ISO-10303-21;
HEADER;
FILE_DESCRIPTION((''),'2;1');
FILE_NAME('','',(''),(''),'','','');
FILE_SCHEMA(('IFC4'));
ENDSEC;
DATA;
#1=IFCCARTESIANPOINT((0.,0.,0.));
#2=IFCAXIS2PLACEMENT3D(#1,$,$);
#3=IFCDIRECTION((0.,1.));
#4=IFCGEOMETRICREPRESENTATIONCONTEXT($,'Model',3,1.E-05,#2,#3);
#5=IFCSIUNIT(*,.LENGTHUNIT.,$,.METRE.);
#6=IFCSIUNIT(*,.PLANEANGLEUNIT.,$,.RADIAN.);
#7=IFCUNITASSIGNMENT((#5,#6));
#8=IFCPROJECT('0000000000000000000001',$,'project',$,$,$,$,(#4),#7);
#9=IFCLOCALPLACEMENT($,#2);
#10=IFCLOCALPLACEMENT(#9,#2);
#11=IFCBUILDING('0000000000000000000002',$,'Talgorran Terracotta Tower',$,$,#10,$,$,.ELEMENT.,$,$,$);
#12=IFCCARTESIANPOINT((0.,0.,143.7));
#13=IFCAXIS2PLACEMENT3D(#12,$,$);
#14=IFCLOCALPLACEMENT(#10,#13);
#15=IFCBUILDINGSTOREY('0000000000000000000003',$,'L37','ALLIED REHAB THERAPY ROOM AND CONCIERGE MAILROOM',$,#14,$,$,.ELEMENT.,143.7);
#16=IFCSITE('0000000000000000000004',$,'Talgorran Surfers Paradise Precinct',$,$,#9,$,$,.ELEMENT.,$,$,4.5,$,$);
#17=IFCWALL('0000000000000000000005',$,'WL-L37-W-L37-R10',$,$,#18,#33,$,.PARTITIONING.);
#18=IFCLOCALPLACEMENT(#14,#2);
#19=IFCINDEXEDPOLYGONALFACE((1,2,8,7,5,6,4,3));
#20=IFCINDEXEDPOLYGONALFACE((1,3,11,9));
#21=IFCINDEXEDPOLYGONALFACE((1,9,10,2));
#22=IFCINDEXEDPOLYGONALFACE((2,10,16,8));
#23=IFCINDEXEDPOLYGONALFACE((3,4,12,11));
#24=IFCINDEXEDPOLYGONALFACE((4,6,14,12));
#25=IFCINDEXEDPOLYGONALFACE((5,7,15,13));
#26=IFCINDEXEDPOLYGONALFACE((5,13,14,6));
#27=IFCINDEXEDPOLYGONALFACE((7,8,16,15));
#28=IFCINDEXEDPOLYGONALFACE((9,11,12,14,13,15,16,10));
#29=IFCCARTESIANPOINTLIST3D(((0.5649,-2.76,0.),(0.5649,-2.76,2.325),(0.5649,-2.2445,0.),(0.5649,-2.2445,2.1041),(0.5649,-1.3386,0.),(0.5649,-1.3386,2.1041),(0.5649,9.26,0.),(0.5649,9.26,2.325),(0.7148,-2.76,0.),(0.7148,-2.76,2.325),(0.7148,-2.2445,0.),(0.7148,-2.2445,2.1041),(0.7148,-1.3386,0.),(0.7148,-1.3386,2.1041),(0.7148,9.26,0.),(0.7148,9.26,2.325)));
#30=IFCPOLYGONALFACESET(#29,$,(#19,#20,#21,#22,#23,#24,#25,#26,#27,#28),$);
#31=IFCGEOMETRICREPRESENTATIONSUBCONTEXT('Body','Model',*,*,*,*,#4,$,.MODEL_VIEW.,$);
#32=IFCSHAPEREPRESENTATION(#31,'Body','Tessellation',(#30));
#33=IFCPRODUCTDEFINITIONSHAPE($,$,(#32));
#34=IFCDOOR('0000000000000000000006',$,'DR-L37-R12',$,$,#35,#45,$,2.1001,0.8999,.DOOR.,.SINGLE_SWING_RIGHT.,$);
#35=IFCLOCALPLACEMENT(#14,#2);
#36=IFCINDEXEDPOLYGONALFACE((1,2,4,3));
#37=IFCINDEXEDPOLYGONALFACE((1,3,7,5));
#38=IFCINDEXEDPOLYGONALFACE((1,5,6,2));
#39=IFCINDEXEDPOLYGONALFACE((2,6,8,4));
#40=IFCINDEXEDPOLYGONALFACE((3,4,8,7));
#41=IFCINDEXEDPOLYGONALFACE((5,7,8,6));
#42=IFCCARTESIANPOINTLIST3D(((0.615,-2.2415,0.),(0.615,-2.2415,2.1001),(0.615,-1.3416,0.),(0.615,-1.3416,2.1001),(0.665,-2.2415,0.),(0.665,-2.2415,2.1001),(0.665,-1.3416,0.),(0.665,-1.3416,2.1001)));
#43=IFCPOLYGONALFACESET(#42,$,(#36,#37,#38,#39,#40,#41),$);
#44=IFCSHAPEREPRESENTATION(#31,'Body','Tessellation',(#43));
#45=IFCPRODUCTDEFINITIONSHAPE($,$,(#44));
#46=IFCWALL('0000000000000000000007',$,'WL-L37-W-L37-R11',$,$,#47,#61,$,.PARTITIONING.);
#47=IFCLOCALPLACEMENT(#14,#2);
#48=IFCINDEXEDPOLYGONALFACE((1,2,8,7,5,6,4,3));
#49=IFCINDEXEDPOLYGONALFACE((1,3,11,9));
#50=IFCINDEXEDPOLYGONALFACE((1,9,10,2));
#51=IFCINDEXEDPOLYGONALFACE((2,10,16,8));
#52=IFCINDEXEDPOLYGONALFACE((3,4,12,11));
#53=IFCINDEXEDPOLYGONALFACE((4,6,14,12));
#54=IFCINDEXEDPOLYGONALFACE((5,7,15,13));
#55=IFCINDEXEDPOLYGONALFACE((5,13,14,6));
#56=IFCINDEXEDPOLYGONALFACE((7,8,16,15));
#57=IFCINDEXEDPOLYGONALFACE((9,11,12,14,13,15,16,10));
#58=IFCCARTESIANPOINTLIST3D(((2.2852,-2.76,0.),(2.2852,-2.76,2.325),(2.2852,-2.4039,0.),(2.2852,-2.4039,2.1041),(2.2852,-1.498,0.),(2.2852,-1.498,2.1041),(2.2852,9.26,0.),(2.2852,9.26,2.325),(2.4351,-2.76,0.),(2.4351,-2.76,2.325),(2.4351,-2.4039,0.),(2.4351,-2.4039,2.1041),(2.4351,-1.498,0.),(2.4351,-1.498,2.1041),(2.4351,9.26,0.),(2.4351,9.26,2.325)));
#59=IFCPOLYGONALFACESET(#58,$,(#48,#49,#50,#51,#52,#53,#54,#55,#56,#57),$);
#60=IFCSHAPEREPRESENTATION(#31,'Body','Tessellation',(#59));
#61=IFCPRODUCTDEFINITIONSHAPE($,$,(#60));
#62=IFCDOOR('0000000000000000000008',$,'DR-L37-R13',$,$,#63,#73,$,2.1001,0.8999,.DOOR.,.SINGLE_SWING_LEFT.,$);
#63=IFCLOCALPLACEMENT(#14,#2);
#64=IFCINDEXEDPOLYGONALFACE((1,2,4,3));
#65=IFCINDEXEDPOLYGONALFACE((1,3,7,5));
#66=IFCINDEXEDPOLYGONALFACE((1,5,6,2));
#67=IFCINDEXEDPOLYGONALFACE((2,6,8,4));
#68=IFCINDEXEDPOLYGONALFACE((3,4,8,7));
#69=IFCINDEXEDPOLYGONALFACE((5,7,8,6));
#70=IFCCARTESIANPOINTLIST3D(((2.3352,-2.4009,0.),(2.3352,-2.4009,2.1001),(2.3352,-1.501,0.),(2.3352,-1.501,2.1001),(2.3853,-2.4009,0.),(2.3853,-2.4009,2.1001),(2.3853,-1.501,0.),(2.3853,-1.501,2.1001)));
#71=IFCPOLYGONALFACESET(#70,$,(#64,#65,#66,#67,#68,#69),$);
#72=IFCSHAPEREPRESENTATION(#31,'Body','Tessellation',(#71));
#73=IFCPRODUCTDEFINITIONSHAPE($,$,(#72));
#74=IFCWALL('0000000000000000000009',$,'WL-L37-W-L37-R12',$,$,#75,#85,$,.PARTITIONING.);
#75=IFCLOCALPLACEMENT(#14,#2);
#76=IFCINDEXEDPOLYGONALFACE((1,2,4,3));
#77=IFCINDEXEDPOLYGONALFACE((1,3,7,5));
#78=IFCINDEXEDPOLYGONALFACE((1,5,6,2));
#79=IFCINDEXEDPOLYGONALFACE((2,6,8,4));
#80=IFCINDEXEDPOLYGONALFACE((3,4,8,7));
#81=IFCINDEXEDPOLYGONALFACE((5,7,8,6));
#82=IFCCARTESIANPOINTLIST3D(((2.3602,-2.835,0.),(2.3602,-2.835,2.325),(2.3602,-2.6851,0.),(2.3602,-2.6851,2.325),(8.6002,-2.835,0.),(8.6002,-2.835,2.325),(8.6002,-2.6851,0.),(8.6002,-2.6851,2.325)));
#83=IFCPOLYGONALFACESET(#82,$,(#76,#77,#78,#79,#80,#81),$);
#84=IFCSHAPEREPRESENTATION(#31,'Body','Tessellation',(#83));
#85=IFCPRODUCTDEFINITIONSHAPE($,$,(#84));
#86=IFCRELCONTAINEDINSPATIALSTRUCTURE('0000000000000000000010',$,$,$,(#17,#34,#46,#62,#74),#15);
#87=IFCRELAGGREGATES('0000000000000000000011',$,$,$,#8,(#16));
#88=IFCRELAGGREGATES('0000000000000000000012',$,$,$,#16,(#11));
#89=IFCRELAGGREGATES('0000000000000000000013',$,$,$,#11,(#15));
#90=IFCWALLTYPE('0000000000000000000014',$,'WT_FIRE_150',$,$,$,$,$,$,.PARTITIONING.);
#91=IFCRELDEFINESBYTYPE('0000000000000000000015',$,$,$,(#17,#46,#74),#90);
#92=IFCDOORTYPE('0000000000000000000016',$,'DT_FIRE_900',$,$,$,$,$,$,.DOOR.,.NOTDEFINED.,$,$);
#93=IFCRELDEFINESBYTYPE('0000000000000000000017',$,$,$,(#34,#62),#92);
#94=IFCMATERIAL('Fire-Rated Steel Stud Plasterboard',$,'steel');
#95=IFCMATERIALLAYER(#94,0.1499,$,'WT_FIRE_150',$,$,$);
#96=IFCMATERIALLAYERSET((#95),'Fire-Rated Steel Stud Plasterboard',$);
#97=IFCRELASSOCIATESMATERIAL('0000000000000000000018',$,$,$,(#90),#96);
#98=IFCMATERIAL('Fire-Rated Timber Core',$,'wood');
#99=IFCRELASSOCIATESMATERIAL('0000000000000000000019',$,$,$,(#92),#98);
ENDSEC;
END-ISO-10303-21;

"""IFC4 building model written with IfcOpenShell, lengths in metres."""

from ifc_helpers import new_model, si_unit, direction, frame, frame_2d, origin, place, context, subcontext, project, spatial, rectangle, extrude, material, layer, layer_set, type_object, element, fill, save


model = new_model("IFC4")

# Units and contexts
model_context = context("Model", 3, precision=1e-05, world=origin(), true_north=direction((0.0, 1.0)))
body_context = subcontext(model_context, "Body", "Model", "MODEL_VIEW")
ifc_project = project(units=[si_unit("LENGTHUNIT", "METRE"), si_unit("PLANEANGLEUNIT", "RADIAN")], contexts=[model_context])

# Site, building, storey
site_placement = place(None, origin())
site = spatial("IfcSite", under=ifc_project, at=site_placement, Name="Talgorran Surfers Paradise Precinct", CompositionType="ELEMENT", RefElevation=4.5)
building_placement = place(site_placement, origin())
building = spatial("IfcBuilding", under=site, at=building_placement, Name="Talgorran Terracotta Tower", CompositionType="ELEMENT")
storey_placement = place(building_placement, frame((0.0, 0.0, 143.7)))
storey = spatial("IfcBuildingStorey", under=building, at=storey_placement, Name="L37", Description="ALLIED REHAB THERAPY ROOM AND CONCIERGE MAILROOM", CompositionType="ELEMENT", Elevation=143.7)

# Walls, openings, doors
ifc_material_1 = material(Name="Fire-Rated Steel Stud Plasterboard", Category="steel")
ifc_layer_1 = layer(ifc_material_1, 0.1499, Name="WT_FIRE_150")
ifc_layer_set_1 = layer_set([ifc_layer_1], Name="Fire-Rated Steel Stud Plasterboard")
wall_type = type_object("IfcWallType", Name="WT_FIRE_150", PredefinedType="PARTITIONING", material=ifc_layer_set_1)
wall_1_placement = place(storey_placement, frame((0.6399, -2.76, 0.0), z_axis=(0.0, 0.0, 1.0), x_axis=(0.0, 1.0, 0.0)))
wall_1 = element("IfcWall", 1, at=wall_1_placement, inside=storey, type_object=wall_type, Name="WL-L37-W-L37-R10", PredefinedType="PARTITIONING", context=body_context, shape_type="SweptSolid", body=[
    extrude(rectangle(XDim=12.02, YDim=0.1499, at=frame_2d((6.01, 0.0))), origin(), (0.0, 0.0, 1.0), 2.325),
])
opening_1_placement = place(wall_1_placement, frame((0.5186, 0.0, 0.0)))
opening_1 = element("IfcOpeningElement", 2, at=opening_1_placement, cuts=wall_1, PredefinedType="OPENING", context=body_context, shape_type="SweptSolid", body=[
    extrude(rectangle(XDim=0.9059, YDim=2.1041, at=frame_2d((0.45, 1.052))), frame((0.0, 0.085, 0.0), z_axis=(0.0, -1.0, 0.0), x_axis=(1.0, 0.0, 0.0)), (0.0, 0.0, 1.0), 0.1699),
])
ifc_material_2 = material(Name="Fire-Rated Timber Core", Category="wood")
door_type = type_object("IfcDoorType", Name="DT_FIRE_900", OperationType="NOTDEFINED", PredefinedType="DOOR", material=ifc_material_2)
door_1_placement = place(opening_1_placement, origin())
door_1 = element("IfcDoor", 3, at=door_1_placement, inside=storey, type_object=door_type, Name="DR-L37-R12", OperationType="SINGLE_SWING_RIGHT", OverallHeight=2.1001, OverallWidth=0.8999, PredefinedType="DOOR", context=body_context, shape_type="SweptSolid", body=[
    extrude(rectangle(XDim=0.8999, YDim=2.1001, at=frame_2d((0.45, 1.05))), frame((0.0, 0.0249, 0.0), z_axis=(0.0, -1.0, 0.0), x_axis=(1.0, 0.0, 0.0)), (0.0, 0.0, 1.0), 0.05),
])
fill(opening_1, door_1)
wall_2_placement = place(storey_placement, frame((2.3601, -2.76, 0.0), z_axis=(0.0, 0.0, 1.0), x_axis=(0.0, 1.0, 0.0)))
wall_2 = element("IfcWall", 4, at=wall_2_placement, inside=storey, type_object=wall_type, Name="WL-L37-W-L37-R11", PredefinedType="PARTITIONING", context=body_context, shape_type="SweptSolid", body=[
    extrude(rectangle(XDim=12.02, YDim=0.1499, at=frame_2d((6.01, 0.0))), origin(), (0.0, 0.0, 1.0), 2.325),
])
opening_2_placement = place(wall_2_placement, frame((0.3591, 0.0, 0.0)))
opening_2 = element("IfcOpeningElement", 5, at=opening_2_placement, cuts=wall_2, PredefinedType="OPENING", context=body_context, shape_type="SweptSolid", body=[
    extrude(rectangle(XDim=0.9059, YDim=2.1041, at=frame_2d((0.45, 1.052))), frame((0.0, 0.085, 0.0), z_axis=(0.0, -1.0, 0.0), x_axis=(1.0, 0.0, 0.0)), (0.0, 0.0, 1.0), 0.1699),
])
door_2_placement = place(opening_2_placement, origin())
door_2 = element("IfcDoor", 6, at=door_2_placement, inside=storey, type_object=door_type, Name="DR-L37-R13", OperationType="SINGLE_SWING_LEFT", OverallHeight=2.1001, OverallWidth=0.8999, PredefinedType="DOOR", context=body_context, shape_type="SweptSolid", body=[
    extrude(rectangle(XDim=0.8999, YDim=2.1001, at=frame_2d((0.45, 1.05))), frame((0.0, 0.0249, 0.0), z_axis=(0.0, -1.0, 0.0), x_axis=(1.0, 0.0, 0.0)), (0.0, 0.0, 1.0), 0.05),
])
fill(opening_2, door_2)

# Wall
wall_3_placement = place(storey_placement, frame((2.3601, -2.76, 0.0), z_axis=(0.0, 0.0, 1.0), x_axis=(1.0, 0.0, 0.0)))
element("IfcWall", 7, at=wall_3_placement, inside=storey, type_object=wall_type, Name="WL-L37-W-L37-R12", PredefinedType="PARTITIONING", context=body_context, shape_type="SweptSolid", body=[
    extrude(rectangle(XDim=6.24, YDim=0.1499, at=frame_2d((3.1201, 0.0))), origin(), (0.0, 0.0, 1.0), 2.325),
])

save(model, "model.ifc")
